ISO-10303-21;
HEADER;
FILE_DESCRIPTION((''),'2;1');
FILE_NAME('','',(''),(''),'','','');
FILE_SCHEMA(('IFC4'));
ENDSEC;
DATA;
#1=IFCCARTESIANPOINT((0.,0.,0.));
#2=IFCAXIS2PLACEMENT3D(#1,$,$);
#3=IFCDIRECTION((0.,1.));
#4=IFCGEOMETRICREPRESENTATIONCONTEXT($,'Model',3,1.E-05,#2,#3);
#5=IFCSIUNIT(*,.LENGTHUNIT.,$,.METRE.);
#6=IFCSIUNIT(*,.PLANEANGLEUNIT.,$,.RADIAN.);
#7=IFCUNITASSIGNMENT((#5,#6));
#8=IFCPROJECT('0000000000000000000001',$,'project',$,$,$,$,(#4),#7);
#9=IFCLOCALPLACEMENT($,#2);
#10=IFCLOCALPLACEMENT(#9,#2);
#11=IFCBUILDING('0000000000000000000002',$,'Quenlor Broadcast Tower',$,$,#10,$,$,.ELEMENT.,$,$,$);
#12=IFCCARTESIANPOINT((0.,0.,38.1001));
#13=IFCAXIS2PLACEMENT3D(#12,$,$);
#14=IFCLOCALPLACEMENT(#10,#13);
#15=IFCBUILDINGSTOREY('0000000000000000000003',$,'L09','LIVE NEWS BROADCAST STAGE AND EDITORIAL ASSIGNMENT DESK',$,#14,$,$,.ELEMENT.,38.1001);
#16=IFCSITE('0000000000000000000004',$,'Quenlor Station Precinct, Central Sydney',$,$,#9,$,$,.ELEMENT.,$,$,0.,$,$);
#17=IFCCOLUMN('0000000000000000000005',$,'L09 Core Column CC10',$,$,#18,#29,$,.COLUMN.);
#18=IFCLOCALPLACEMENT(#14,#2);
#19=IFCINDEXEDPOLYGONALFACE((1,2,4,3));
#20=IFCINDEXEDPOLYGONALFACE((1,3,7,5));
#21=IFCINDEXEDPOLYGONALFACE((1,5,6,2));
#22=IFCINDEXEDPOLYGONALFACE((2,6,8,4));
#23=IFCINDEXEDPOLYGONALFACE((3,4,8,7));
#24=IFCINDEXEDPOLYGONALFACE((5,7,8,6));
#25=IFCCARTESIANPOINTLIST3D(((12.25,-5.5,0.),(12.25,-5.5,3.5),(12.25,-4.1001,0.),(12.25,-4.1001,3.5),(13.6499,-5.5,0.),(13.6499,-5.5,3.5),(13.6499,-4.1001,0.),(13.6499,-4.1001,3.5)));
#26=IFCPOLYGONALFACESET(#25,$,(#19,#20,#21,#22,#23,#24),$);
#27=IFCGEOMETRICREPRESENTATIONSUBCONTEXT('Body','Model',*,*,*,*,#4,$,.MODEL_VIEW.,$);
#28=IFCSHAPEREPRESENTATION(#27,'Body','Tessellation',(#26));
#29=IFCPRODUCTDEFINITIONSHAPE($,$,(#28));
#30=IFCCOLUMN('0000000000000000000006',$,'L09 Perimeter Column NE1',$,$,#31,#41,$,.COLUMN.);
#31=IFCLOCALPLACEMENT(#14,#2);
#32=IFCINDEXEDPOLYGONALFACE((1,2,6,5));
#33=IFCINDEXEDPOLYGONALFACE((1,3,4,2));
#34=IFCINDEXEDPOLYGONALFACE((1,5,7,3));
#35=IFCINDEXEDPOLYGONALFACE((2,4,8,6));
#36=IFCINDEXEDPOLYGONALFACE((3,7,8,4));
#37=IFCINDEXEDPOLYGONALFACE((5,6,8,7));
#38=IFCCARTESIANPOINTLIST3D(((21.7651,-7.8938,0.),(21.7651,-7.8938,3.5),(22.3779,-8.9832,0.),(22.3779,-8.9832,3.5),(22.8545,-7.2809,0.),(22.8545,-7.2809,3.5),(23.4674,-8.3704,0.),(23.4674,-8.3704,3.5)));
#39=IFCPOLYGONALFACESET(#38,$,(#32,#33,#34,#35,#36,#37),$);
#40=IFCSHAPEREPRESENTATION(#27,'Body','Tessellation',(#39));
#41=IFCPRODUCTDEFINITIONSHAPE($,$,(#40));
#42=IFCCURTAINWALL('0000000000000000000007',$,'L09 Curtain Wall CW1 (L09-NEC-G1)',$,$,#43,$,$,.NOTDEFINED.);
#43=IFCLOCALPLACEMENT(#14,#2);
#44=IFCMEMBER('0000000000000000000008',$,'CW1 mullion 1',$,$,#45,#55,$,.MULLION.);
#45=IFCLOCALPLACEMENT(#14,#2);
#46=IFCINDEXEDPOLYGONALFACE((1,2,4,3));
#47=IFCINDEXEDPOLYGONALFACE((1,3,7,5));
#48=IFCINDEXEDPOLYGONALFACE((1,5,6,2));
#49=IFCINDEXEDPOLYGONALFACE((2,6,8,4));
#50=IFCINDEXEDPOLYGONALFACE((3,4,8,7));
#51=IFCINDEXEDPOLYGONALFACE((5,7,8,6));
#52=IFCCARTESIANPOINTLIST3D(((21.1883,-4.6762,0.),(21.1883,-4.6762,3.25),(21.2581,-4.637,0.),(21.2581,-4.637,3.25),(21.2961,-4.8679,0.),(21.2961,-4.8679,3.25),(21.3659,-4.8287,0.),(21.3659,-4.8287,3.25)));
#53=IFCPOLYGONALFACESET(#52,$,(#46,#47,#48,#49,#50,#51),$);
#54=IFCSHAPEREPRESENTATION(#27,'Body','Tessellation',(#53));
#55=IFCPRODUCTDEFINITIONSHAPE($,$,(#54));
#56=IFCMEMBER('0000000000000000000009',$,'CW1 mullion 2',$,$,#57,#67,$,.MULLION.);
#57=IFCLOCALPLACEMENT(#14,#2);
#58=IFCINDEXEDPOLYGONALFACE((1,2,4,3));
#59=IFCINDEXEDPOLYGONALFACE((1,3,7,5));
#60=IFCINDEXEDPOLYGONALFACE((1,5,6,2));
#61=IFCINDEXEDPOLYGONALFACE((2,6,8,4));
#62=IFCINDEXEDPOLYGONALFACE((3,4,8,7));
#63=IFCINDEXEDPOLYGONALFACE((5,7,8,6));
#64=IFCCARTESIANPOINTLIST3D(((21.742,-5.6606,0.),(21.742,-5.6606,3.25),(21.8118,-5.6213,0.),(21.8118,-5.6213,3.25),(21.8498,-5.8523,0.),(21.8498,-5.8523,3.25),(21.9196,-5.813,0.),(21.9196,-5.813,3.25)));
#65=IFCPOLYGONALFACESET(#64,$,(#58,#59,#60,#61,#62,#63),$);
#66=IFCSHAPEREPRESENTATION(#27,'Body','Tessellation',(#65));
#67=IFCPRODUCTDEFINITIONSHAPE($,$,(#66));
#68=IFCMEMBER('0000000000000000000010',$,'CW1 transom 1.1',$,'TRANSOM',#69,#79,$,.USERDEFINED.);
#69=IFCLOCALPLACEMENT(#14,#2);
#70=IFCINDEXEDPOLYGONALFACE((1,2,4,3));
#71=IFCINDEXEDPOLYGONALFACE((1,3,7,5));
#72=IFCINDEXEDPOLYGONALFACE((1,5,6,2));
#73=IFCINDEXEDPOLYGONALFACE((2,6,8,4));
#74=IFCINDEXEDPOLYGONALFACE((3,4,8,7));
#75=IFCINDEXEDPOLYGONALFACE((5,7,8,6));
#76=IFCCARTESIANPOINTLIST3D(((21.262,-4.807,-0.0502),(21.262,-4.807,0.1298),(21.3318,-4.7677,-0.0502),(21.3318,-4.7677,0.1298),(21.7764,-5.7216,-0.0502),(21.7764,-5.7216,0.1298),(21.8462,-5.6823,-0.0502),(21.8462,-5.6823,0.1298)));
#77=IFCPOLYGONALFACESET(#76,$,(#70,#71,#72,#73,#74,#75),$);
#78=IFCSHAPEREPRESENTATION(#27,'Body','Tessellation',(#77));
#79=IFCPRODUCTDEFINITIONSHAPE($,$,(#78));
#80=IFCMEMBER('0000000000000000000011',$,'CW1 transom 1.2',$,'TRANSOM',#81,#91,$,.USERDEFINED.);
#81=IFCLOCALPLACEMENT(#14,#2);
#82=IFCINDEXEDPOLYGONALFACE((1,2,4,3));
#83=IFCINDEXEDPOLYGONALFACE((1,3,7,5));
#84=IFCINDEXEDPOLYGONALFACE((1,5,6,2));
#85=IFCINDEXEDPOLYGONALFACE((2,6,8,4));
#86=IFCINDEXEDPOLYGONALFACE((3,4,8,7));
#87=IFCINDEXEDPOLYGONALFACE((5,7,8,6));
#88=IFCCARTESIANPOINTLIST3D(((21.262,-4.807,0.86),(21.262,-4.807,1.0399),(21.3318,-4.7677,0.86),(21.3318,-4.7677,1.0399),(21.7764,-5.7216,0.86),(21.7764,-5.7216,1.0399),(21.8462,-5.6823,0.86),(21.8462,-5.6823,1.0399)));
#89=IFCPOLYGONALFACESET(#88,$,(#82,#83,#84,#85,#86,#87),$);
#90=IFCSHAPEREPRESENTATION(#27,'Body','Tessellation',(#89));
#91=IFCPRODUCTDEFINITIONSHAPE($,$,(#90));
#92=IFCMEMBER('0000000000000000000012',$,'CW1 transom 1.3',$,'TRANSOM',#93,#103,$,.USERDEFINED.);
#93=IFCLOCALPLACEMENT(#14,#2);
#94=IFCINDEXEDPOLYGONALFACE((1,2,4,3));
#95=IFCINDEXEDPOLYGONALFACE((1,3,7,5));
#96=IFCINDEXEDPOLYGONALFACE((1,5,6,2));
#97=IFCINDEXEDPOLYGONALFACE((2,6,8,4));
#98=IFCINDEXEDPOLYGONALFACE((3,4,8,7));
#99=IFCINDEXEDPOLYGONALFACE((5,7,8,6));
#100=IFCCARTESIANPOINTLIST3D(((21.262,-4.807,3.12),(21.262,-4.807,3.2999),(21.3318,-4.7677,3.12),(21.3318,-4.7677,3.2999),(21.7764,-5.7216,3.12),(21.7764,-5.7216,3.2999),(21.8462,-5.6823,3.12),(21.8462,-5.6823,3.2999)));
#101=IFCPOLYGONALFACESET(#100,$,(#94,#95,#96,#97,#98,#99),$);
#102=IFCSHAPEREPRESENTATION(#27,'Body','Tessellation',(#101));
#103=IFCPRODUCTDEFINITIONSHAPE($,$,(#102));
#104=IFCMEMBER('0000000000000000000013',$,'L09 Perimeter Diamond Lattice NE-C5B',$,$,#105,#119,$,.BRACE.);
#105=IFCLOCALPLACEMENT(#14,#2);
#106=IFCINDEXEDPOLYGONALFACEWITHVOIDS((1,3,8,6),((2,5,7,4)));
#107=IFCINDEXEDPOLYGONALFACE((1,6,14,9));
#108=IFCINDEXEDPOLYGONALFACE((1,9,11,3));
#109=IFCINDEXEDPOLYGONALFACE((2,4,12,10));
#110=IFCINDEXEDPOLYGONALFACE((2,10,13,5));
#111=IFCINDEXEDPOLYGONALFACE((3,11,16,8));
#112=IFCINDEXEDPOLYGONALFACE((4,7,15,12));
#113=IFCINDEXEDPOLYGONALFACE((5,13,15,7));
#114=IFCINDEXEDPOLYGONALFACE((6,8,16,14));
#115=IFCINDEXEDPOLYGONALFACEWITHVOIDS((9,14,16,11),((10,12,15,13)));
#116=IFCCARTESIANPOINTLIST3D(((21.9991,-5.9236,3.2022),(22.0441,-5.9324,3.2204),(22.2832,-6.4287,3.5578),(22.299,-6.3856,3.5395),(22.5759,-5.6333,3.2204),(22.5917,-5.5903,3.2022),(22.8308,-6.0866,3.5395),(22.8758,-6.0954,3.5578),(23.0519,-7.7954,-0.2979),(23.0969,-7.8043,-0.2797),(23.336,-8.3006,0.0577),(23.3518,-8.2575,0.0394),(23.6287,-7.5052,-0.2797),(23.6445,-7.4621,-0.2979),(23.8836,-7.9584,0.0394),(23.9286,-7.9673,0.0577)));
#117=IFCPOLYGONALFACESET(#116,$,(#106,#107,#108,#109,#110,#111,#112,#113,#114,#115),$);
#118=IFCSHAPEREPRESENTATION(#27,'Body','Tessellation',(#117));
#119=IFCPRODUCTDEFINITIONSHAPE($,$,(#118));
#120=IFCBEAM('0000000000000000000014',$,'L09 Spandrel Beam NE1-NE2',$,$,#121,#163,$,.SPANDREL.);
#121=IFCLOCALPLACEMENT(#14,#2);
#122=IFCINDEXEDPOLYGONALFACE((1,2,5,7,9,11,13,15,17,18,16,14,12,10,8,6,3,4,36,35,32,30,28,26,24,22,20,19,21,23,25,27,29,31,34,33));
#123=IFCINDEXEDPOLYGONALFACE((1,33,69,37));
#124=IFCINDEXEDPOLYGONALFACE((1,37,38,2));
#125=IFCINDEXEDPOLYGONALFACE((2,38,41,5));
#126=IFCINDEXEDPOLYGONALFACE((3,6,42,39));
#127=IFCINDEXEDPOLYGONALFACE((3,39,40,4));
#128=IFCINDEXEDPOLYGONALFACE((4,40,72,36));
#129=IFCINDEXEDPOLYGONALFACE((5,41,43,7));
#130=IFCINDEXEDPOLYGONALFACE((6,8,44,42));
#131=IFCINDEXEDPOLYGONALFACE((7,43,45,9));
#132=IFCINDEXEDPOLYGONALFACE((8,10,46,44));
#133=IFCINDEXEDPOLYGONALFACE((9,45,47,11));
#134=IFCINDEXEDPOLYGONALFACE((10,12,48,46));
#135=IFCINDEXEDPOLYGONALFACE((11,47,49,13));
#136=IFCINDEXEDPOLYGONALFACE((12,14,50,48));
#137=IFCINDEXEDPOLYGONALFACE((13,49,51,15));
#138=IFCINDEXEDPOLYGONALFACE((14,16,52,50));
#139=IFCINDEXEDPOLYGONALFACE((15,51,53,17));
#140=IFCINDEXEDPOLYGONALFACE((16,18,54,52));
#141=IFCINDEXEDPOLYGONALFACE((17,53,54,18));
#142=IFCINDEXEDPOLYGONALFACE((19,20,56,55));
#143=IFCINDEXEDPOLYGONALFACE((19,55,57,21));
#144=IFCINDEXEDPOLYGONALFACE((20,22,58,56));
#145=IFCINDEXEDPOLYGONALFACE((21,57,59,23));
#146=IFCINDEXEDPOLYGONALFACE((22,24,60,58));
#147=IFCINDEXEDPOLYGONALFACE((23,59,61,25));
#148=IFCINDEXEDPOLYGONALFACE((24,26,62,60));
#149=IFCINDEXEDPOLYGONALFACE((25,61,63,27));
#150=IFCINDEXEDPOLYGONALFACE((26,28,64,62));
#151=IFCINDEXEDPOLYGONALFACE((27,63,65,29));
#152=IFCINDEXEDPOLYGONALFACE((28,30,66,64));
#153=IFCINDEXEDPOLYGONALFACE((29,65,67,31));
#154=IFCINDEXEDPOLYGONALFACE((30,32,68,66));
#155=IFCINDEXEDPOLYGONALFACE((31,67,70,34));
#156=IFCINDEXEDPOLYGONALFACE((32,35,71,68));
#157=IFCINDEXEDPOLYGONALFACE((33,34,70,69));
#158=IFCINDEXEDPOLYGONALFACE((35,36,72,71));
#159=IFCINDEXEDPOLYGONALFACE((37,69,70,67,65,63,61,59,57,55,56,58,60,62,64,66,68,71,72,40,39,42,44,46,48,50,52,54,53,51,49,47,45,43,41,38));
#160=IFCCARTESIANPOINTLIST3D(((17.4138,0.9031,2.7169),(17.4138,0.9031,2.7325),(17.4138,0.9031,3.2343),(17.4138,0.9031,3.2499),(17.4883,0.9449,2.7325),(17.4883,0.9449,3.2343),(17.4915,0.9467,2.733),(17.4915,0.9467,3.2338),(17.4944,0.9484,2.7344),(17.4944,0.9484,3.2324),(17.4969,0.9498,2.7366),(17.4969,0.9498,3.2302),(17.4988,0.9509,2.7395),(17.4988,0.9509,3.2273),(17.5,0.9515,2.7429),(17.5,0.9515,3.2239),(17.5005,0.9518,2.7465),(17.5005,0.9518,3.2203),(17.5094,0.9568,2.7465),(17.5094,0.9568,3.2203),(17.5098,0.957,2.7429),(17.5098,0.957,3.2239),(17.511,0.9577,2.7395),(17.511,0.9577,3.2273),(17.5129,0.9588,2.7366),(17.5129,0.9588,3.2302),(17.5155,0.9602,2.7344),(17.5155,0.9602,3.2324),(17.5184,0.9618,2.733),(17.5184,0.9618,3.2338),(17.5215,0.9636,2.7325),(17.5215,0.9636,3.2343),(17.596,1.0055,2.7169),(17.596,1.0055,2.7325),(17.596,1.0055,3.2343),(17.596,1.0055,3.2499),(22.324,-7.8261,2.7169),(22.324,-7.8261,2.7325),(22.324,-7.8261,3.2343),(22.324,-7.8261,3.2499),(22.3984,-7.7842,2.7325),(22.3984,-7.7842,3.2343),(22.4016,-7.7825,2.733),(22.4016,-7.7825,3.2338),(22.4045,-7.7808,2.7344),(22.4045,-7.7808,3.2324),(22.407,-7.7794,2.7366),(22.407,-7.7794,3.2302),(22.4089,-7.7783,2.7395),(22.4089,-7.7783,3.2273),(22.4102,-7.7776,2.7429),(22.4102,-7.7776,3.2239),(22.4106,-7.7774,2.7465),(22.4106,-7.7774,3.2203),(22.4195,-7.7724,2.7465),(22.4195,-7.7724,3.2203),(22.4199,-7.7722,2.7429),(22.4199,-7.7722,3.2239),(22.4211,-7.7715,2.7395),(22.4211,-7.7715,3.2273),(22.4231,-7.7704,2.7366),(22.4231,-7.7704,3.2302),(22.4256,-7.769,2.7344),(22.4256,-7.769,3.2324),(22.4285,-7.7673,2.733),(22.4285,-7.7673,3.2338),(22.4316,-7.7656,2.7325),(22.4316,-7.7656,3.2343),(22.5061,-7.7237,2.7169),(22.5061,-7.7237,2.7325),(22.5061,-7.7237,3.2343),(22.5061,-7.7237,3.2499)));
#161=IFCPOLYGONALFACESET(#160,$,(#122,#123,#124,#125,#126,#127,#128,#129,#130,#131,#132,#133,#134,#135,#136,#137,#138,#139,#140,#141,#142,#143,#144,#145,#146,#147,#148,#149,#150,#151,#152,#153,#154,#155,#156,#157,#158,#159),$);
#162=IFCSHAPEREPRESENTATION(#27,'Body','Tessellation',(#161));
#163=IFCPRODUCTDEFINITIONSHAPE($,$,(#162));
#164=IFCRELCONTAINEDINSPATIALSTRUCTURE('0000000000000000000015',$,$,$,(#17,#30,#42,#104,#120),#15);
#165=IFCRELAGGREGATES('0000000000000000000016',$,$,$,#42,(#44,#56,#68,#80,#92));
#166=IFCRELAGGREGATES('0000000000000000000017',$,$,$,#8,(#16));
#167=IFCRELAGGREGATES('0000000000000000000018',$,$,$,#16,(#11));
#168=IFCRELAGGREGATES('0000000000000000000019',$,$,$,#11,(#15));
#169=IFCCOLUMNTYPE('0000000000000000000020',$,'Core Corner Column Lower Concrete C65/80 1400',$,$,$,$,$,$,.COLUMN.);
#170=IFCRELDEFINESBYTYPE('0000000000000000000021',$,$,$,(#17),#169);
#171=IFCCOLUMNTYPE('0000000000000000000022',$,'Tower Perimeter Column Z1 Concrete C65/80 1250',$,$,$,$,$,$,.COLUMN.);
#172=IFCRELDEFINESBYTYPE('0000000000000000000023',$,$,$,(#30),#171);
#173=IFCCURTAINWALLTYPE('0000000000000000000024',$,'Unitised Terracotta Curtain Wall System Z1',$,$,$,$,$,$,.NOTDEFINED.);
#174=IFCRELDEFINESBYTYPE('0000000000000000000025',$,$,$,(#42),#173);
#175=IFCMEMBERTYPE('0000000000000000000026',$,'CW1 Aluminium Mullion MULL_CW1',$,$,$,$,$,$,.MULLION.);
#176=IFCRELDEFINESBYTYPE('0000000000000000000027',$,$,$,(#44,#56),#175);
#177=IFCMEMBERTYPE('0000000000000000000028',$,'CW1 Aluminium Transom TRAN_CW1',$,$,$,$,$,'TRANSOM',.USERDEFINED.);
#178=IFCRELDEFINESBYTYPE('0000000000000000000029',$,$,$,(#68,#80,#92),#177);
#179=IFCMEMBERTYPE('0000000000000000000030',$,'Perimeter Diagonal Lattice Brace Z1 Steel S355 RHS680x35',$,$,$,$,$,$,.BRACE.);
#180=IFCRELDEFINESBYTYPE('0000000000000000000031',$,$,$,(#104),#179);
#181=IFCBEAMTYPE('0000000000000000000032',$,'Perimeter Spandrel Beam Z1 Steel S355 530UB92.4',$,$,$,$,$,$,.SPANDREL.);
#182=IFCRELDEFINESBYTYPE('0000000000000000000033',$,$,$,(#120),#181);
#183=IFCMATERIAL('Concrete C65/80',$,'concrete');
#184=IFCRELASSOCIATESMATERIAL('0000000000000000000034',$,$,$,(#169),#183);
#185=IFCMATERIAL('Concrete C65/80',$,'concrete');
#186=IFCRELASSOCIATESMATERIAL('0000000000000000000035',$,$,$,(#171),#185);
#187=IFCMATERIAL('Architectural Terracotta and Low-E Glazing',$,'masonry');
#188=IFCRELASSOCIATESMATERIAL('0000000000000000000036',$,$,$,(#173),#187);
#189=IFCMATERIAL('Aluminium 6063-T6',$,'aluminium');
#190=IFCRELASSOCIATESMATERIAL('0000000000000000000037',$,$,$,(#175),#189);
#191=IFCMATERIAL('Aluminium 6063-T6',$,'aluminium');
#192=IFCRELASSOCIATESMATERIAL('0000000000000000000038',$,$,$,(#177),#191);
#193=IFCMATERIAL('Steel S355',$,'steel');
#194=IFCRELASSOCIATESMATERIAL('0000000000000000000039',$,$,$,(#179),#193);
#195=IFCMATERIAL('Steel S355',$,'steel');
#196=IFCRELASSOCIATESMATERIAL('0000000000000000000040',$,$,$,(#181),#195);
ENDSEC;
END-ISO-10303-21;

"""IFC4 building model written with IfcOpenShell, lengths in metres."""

from ifc_helpers import new_model, si_unit, direction, frame, origin, origin_2d, place, context, subcontext, project, spatial, rectangle, hollow_rectangle, i_section, extrude, material, material_profile, profile_set, type_object, element, aggregate, save


model = new_model("IFC4")

# Units and contexts
model_context = context("Model", 3, precision=1e-05, world=origin(), true_north=direction((0.0, 1.0)))
body_context = subcontext(model_context, "Body", "Model", "MODEL_VIEW")
ifc_project = project(units=[si_unit("LENGTHUNIT", "METRE"), si_unit("PLANEANGLEUNIT", "RADIAN")], contexts=[model_context])

# Site, building, storey
site_placement = place(None, origin())
site = spatial("IfcSite", under=ifc_project, at=site_placement, Name="Quenlor Station Precinct, Central Sydney", CompositionType="ELEMENT", RefElevation=0.0)
building_placement = place(site_placement, origin())
building = spatial("IfcBuilding", under=site, at=building_placement, Name="Quenlor Broadcast Tower", CompositionType="ELEMENT")
storey_placement = place(building_placement, frame((0.0, 0.0, 38.1001)))
storey = spatial("IfcBuildingStorey", under=building, at=storey_placement, Name="L09", Description="LIVE NEWS BROADCAST STAGE AND EDITORIAL ASSIGNMENT DESK", CompositionType="ELEMENT", Elevation=38.1001)

# Columns
ifc_material_1 = material(Name="Concrete C65/80", Category="concrete")
ifc_material_profile_1 = material_profile(ifc_material_1, rectangle(XDim=1.3999, YDim=1.3999, at=origin_2d()))
ifc_profile_set_1 = profile_set([ifc_material_profile_1], Name="Concrete C65/80 RC1400x1400")
column_type_1 = type_object("IfcColumnType", Name="Core Corner Column Lower Concrete C65/80 1400", PredefinedType="COLUMN", material=ifc_profile_set_1)
column_1_placement = place(storey_placement, frame((12.95, -4.8, 0.0), z_axis=(0.0, 0.0, 1.0), x_axis=(1.0, 0.0, 0.0)))
element("IfcColumn", 1, at=column_1_placement, inside=storey, type_object=column_type_1, Name="L09 Core Column CC10", PredefinedType="COLUMN", context=body_context, shape_type="SweptSolid", body=[
    extrude(rectangle(XDim=1.3999, YDim=1.3999, at=origin_2d()), origin(), (0.0, 0.0, 1.0), 3.5),
])
ifc_material_2 = material(Name="Concrete C65/80", Category="concrete")
ifc_material_profile_2 = material_profile(ifc_material_2, rectangle(XDim=1.25, YDim=1.25, at=origin_2d()))
ifc_profile_set_2 = profile_set([ifc_material_profile_2], Name="Concrete C65/80 RC1250x1250")
column_type_2 = type_object("IfcColumnType", Name="Tower Perimeter Column Z1 Concrete C65/80 1250", PredefinedType="COLUMN", material=ifc_profile_set_2)
column_2_placement = place(storey_placement, frame((22.6162, -8.1321, 0.0), z_axis=(0.0, 0.0, 1.0), x_axis=(0.871575, 0.490262, 0.0)))
element("IfcColumn", 2, at=column_2_placement, inside=storey, type_object=column_type_2, Name="L09 Perimeter Column NE1", PredefinedType="COLUMN", context=body_context, shape_type="SweptSolid", body=[
    extrude(rectangle(XDim=1.25, YDim=1.25, at=origin_2d()), origin(), (0.0, 0.0, 1.0), 3.5),
])

# Curtain wall, members
ifc_material_3 = material(Name="Architectural Terracotta and Low-E Glazing", Category="masonry")
curtain_wall_type = type_object("IfcCurtainWallType", Name="Unitised Terracotta Curtain Wall System Z1", PredefinedType="NOTDEFINED", material=ifc_material_3)
curtain_wall_placement = place(storey_placement, origin())
curtain_wall = element("IfcCurtainWall", 3, at=curtain_wall_placement, inside=storey, type_object=curtain_wall_type, Name="L09 Curtain Wall CW1 (L09-NEC-G1)", PredefinedType="NOTDEFINED")
ifc_material_4 = material(Name="Aluminium 6063-T6", Category="aluminium")
ifc_material_profile_3 = material_profile(ifc_material_4, rectangle(XDim=0.0801, YDim=0.22, at=origin_2d()))
ifc_profile_set_3 = profile_set([ifc_material_profile_3], Name="Aluminium 6063-T6 MULL80x220")
member_type_1 = type_object("IfcMemberType", Name="CW1 Aluminium Mullion MULL_CW1", PredefinedType="MULLION", material=ifc_profile_set_3)
member_1_placement = place(storey_placement, frame((21.2771, -4.7524, 0.0), z_axis=(0.0, 0.0, 1.0), x_axis=(0.871567, 0.490277, 0.0)))
member_1 = element("IfcMember", 4, at=member_1_placement, type_object=member_type_1, Name="CW1 mullion 1", PredefinedType="MULLION", context=body_context, shape_type="SweptSolid", body=[
    extrude(rectangle(XDim=0.0801, YDim=0.22, at=origin_2d()), origin(), (0.0, 0.0, 1.0), 3.25),
])
member_2_placement = place(storey_placement, frame((21.8308, -5.7368, 0.0), z_axis=(0.0, 0.0, 1.0), x_axis=(0.871567, 0.490277, 0.0)))
member_2 = element("IfcMember", 5, at=member_2_placement, type_object=member_type_1, Name="CW1 mullion 2", PredefinedType="MULLION", context=body_context, shape_type="SweptSolid", body=[
    extrude(rectangle(XDim=0.0801, YDim=0.22, at=origin_2d()), origin(), (0.0, 0.0, 1.0), 3.25),
])
ifc_material_5 = material(Name="Aluminium 6063-T6", Category="aluminium")
ifc_material_profile_4 = material_profile(ifc_material_5, rectangle(XDim=0.0801, YDim=0.1799, at=origin_2d()))
ifc_profile_set_4 = profile_set([ifc_material_profile_4], Name="Aluminium 6063-T6 TRAN80x180")
member_type_2 = type_object("IfcMemberType", Name="CW1 Aluminium Transom TRAN_CW1", ElementType="TRANSOM", PredefinedType="USERDEFINED", material=ifc_profile_set_4)
member_3_placement = place(storey_placement, frame((21.2969, -4.7874, 0.0398), z_axis=(0.490239, -0.871588, 0.0), x_axis=(0.871588, 0.490239, 0.0)))
member_3 = element("IfcMember", 6, at=member_3_placement, type_object=member_type_2, Name="CW1 transom 1.1", ObjectType="TRANSOM", PredefinedType="USERDEFINED", context=body_context, shape_type="SweptSolid", body=[
    extrude(rectangle(XDim=0.0801, YDim=0.1799, at=origin_2d()), origin(), (0.0, 0.0, 1.0), 1.0493),
])
member_4_placement = place(storey_placement, frame((21.2969, -4.7874, 0.95), z_axis=(0.490239, -0.871588, 0.0), x_axis=(0.871588, 0.490239, 0.0)))
member_4 = element("IfcMember", 7, at=member_4_placement, type_object=member_type_2, Name="CW1 transom 1.2", ObjectType="TRANSOM", PredefinedType="USERDEFINED", context=body_context, shape_type="SweptSolid", body=[
    extrude(rectangle(XDim=0.0801, YDim=0.1799, at=origin_2d()), origin(), (0.0, 0.0, 1.0), 1.0493),
])
member_5_placement = place(storey_placement, frame((21.2969, -4.7874, 3.21), z_axis=(0.490239, -0.871588, 0.0), x_axis=(0.871588, 0.490239, 0.0)))
member_5 = element("IfcMember", 8, at=member_5_placement, type_object=member_type_2, Name="CW1 transom 1.3", ObjectType="TRANSOM", PredefinedType="USERDEFINED", context=body_context, shape_type="SweptSolid", body=[
    extrude(rectangle(XDim=0.0801, YDim=0.1799, at=origin_2d()), origin(), (0.0, 0.0, 1.0), 1.0493),
])

# Member
ifc_material_6 = material(Name="Steel S355", Category="steel")
ifc_material_profile_5 = material_profile(ifc_material_6, hollow_rectangle(XDim=0.6799, YDim=0.6799, WallThickness=0.0349, at=origin_2d()))
ifc_profile_set_5 = profile_set([ifc_material_profile_5], Name="Steel S355 RHS680x680x35")
member_type_3 = type_object("IfcMemberType", Name="Perimeter Diagonal Lattice Brace Z1 Steel S355 RHS680x35", PredefinedType="BRACE", material=ifc_profile_set_5)
member_6_placement = place(storey_placement, frame((23.4902, -7.8813, -0.1201), z_axis=(-0.256368, 0.455839, 0.852342), x_axis=(-0.871609, -0.490202, 0.0)))
element("IfcMember", 9, at=member_6_placement, inside=storey, type_object=member_type_3, Name="L09 Perimeter Diamond Lattice NE-C5B", PredefinedType="BRACE", context=body_context, shape_type="SweptSolid", body=[
    extrude(hollow_rectangle(XDim=0.6799, YDim=0.6799, WallThickness=0.0349, at=origin_2d()), origin(), (0.0, 0.0, 1.0), 4.1064),
])

# Beam
ifc_material_7 = material(Name="Steel S355", Category="steel")
ifc_material_profile_6 = material_profile(ifc_material_7, i_section(OverallWidth=0.209, OverallDepth=0.533, WebThickness=0.0103, FlangeThickness=0.0156, FilletRadius=0.0139, at=origin_2d()))
ifc_profile_set_6 = profile_set([ifc_material_profile_6], Name="Steel S355 530UB92.4")
beam_type_1 = type_object("IfcBeamType", Name="Perimeter Spandrel Beam Z1 Steel S355 530UB92.4", PredefinedType="SPANDREL", material=ifc_profile_set_6)
beam_1_placement = place(storey_placement, frame((22.415, -7.7749, 2.9834), z_axis=(-0.490258, 0.871577, 0.0), x_axis=(-0.871577, -0.490258, 0.0)))
element("IfcBeam", 10, at=beam_1_placement, inside=storey, type_object=beam_type_1, Name="L09 Spandrel Beam NE1-NE2", PredefinedType="SPANDREL", context=body_context, shape_type="SweptSolid", body=[
    extrude(i_section(OverallWidth=0.209, OverallDepth=0.533, WebThickness=0.0103, FlangeThickness=0.0156, FilletRadius=0.0139, at=origin_2d()), origin(), (0.0, 0.0, 1.0), 10.0154),
])

aggregate(curtain_wall, [member_1, member_2, member_3, member_4, member_5])

save(model, "model.ifc")
